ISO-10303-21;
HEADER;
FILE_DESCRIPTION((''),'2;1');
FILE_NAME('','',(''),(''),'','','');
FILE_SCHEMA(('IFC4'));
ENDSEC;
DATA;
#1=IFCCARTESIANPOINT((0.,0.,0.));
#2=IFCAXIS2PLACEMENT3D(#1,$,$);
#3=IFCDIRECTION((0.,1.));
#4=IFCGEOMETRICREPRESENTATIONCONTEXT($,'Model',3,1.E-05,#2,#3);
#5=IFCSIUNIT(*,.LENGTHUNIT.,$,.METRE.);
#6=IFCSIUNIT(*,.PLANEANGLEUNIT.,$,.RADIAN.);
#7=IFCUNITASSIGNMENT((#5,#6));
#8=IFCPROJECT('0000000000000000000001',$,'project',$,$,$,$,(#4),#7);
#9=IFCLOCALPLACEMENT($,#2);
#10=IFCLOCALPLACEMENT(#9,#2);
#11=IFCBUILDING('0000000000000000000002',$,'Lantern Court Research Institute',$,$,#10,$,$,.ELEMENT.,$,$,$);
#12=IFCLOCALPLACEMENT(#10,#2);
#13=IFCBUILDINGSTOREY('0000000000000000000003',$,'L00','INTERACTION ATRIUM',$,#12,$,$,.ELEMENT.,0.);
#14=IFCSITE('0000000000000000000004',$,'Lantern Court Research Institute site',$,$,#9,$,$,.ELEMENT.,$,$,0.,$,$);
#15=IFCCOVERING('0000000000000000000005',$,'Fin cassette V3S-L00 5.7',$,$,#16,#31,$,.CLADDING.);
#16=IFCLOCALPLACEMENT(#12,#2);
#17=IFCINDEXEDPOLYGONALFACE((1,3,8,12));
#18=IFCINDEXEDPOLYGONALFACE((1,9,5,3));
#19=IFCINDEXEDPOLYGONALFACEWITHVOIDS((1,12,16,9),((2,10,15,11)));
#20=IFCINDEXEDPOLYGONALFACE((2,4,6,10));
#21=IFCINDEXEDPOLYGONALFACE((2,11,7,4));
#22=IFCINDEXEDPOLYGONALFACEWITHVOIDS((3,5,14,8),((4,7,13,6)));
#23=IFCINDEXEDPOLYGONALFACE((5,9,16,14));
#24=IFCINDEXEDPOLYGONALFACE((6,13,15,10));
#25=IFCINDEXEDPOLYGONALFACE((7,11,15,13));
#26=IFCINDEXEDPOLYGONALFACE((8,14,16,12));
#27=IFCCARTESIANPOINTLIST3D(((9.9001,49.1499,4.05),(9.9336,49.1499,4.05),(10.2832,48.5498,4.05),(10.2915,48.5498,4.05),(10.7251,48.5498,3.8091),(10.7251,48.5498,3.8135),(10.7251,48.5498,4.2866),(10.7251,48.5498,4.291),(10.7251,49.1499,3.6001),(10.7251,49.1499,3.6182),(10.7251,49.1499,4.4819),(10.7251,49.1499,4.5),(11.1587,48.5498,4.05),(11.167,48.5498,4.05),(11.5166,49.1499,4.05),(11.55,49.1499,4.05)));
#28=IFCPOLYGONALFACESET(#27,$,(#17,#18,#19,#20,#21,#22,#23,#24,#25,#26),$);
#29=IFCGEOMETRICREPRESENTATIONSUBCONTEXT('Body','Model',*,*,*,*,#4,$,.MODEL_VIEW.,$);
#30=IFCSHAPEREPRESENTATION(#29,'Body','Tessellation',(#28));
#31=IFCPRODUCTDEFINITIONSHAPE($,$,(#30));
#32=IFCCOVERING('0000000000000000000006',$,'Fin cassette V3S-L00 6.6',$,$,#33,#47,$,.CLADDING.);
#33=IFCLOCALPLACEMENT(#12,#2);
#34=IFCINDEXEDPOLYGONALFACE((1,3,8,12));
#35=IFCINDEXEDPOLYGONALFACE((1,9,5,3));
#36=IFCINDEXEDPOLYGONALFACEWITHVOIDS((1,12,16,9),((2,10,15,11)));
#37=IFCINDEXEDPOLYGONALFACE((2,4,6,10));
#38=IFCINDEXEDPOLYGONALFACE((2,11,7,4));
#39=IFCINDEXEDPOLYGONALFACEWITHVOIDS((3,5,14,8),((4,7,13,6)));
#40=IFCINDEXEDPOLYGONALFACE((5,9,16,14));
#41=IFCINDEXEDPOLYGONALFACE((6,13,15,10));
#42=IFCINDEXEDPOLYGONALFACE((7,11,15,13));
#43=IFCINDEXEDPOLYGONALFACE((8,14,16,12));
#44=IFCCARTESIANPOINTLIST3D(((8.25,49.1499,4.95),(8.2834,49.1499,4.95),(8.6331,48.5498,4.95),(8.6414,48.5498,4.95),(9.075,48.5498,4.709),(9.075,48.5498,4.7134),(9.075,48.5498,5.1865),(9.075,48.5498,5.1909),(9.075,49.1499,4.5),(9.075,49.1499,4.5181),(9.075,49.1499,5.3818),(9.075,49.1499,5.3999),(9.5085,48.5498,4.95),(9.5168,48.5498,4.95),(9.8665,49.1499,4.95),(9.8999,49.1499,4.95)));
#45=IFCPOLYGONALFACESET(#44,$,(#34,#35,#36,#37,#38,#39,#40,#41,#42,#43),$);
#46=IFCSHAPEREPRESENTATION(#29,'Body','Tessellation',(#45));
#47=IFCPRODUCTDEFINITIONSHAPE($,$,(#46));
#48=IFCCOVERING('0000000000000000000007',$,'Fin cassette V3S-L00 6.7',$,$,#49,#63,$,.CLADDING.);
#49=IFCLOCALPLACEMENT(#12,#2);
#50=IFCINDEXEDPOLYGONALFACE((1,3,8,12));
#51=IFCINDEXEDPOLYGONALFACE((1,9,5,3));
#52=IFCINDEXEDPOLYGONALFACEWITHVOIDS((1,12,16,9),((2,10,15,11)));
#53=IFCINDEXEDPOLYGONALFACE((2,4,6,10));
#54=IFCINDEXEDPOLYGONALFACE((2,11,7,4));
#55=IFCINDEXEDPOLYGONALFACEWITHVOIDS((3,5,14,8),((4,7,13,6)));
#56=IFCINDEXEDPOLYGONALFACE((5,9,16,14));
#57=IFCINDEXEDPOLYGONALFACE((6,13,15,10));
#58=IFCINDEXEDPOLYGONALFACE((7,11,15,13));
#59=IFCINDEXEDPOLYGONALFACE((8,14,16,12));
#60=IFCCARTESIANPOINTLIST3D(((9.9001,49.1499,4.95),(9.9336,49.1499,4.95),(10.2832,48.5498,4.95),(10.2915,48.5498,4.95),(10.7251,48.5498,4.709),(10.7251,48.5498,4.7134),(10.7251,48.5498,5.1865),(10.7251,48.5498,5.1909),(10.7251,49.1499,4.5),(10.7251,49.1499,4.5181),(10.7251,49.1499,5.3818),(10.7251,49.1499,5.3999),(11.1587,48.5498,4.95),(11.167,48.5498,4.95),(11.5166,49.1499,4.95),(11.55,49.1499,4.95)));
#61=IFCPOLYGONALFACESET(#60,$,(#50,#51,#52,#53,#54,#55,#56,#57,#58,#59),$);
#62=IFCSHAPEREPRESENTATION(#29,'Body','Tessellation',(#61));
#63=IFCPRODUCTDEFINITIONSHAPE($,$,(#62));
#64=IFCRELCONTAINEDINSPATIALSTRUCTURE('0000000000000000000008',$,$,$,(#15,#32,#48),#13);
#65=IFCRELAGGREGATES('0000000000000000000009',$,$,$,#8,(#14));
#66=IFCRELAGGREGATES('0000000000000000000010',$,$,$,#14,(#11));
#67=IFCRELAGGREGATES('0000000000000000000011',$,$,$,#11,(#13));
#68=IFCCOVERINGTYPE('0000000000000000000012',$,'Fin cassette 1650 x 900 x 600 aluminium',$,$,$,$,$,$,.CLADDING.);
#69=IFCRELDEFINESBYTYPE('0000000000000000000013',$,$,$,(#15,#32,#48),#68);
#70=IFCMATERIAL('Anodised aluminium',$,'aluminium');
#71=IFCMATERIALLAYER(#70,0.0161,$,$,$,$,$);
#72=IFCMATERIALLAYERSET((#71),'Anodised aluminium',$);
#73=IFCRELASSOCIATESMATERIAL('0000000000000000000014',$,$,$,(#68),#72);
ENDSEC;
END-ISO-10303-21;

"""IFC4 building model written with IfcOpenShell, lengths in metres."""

from ifc_helpers import new_model, entity, si_unit, direction, frame, origin, place, context, subcontext, project, spatial, material, layer, layer_set, type_object, element, save


model = new_model("IFC4")

# Units and contexts
model_context = context("Model", 3, precision=1e-05, world=origin(), true_north=direction((0.0, 1.0)))
body_context = subcontext(model_context, "Body", "Model", "MODEL_VIEW")
ifc_project = project(units=[si_unit("LENGTHUNIT", "METRE"), si_unit("PLANEANGLEUNIT", "RADIAN")], contexts=[model_context])

# Site, building, storey
site_placement = place(None, origin())
site = spatial("IfcSite", under=ifc_project, at=site_placement, Name="Lantern Court Research Institute site", CompositionType="ELEMENT", RefElevation=0.0)
building_placement = place(site_placement, origin())
building = spatial("IfcBuilding", under=site, at=building_placement, Name="Lantern Court Research Institute", CompositionType="ELEMENT")
storey_placement = place(building_placement, origin())
storey = spatial("IfcBuildingStorey", under=building, at=storey_placement, Name="L00", Description="INTERACTION ATRIUM", CompositionType="ELEMENT", Elevation=0.0)

# Coverings
ifc_material_1 = material(Name="Anodised aluminium", Category="aluminium")
ifc_layer_1 = layer(ifc_material_1, 0.0161)
ifc_layer_set_1 = layer_set([ifc_layer_1], Name="Anodised aluminium")
covering_type_1 = type_object("IfcCoveringType", Name="Fin cassette 1650 x 900 x 600 aluminium", PredefinedType="CLADDING", material=ifc_layer_set_1)
covering_1_placement = place(storey_placement, frame((10.7251, 49.1499, 4.05), z_axis=(0.0, -1.0, 0.0), x_axis=(1.0, 0.0, 0.0)))
cartesian_point_1 = entity("IfcCartesianPoint", [0.825, 0.0])
cartesian_point_2 = entity("IfcCartesianPoint", [0.7915, 0.0])
cartesian_point_3 = entity("IfcCartesianPoint", [0.4419, 0.0])
cartesian_point_4 = entity("IfcCartesianPoint", [0.4336, 0.0])
element("IfcCovering", 1, at=covering_1_placement, inside=storey, type_object=covering_type_1, Name="Fin cassette V3S-L00 5.7", PredefinedType="CLADDING", context=body_context, shape_type="SweptSolid", body=[
    entity("IfcExtrudedAreaSolidTapered", entity("IfcArbitraryProfileDefWithVoids", "AREA", None, entity("IfcPolyline", [cartesian_point_1, entity("IfcCartesianPoint", [0.0, 0.45]), entity("IfcCartesianPoint", [-0.825, 0.0]), entity("IfcCartesianPoint", [0.0, -0.45]), cartesian_point_1]), [entity("IfcPolyline", [cartesian_point_2, entity("IfcCartesianPoint", [0.0, 0.4319]), entity("IfcCartesianPoint", [-0.7915, 0.0]), entity("IfcCartesianPoint", [0.0, -0.4319]), cartesian_point_2])]), entity("IfcAxis2Placement3D", entity("IfcCartesianPoint", [0.0, 0.0, 0.0])), entity("IfcDirection", [0.0, 0.0, 1.0]), 0.6001, entity("IfcArbitraryProfileDefWithVoids", "AREA", None, entity("IfcPolyline", [cartesian_point_3, entity("IfcCartesianPoint", [0.0, 0.241]), entity("IfcCartesianPoint", [-0.4419, 0.0]), entity("IfcCartesianPoint", [0.0, -0.241]), cartesian_point_3]), [entity("IfcPolyline", [cartesian_point_4, entity("IfcCartesianPoint", [0.0, 0.2366]), entity("IfcCartesianPoint", [-0.4336, 0.0]), entity("IfcCartesianPoint", [0.0, -0.2366]), cartesian_point_4])])),
])
covering_2_placement = place(storey_placement, frame((9.075, 49.1499, 4.95), z_axis=(0.0, -1.0, 0.0), x_axis=(1.0, 0.0, 0.0)))
cartesian_point_5 = entity("IfcCartesianPoint", [0.825, 0.0])
cartesian_point_6 = entity("IfcCartesianPoint", [0.7915, 0.0])
cartesian_point_7 = entity("IfcCartesianPoint", [0.4419, 0.0])
cartesian_point_8 = entity("IfcCartesianPoint", [0.4336, 0.0])
element("IfcCovering", 2, at=covering_2_placement, inside=storey, type_object=covering_type_1, Name="Fin cassette V3S-L00 6.6", PredefinedType="CLADDING", context=body_context, shape_type="SweptSolid", body=[
    entity("IfcExtrudedAreaSolidTapered", entity("IfcArbitraryProfileDefWithVoids", "AREA", None, entity("IfcPolyline", [cartesian_point_5, entity("IfcCartesianPoint", [0.0, 0.45]), entity("IfcCartesianPoint", [-0.825, 0.0]), entity("IfcCartesianPoint", [0.0, -0.45]), cartesian_point_5]), [entity("IfcPolyline", [cartesian_point_6, entity("IfcCartesianPoint", [0.0, 0.4319]), entity("IfcCartesianPoint", [-0.7915, 0.0]), entity("IfcCartesianPoint", [0.0, -0.4319]), cartesian_point_6])]), entity("IfcAxis2Placement3D", entity("IfcCartesianPoint", [0.0, 0.0, 0.0])), entity("IfcDirection", [0.0, 0.0, 1.0]), 0.6001, entity("IfcArbitraryProfileDefWithVoids", "AREA", None, entity("IfcPolyline", [cartesian_point_7, entity("IfcCartesianPoint", [0.0, 0.241]), entity("IfcCartesianPoint", [-0.4419, 0.0]), entity("IfcCartesianPoint", [0.0, -0.241]), cartesian_point_7]), [entity("IfcPolyline", [cartesian_point_8, entity("IfcCartesianPoint", [0.0, 0.2366]), entity("IfcCartesianPoint", [-0.4336, 0.0]), entity("IfcCartesianPoint", [0.0, -0.2366]), cartesian_point_8])])),
])
covering_3_placement = place(storey_placement, frame((10.7251, 49.1499, 4.95), z_axis=(0.0, -1.0, 0.0), x_axis=(1.0, 0.0, 0.0)))
cartesian_point_9 = entity("IfcCartesianPoint", [0.825, 0.0])
cartesian_point_10 = entity("IfcCartesianPoint", [0.7915, 0.0])
cartesian_point_11 = entity("IfcCartesianPoint", [0.4419, 0.0])
cartesian_point_12 = entity("IfcCartesianPoint", [0.4336, 0.0])
element("IfcCovering", 3, at=covering_3_placement, inside=storey, type_object=covering_type_1, Name="Fin cassette V3S-L00 6.7", PredefinedType="CLADDING", context=body_context, shape_type="SweptSolid", body=[
    entity("IfcExtrudedAreaSolidTapered", entity("IfcArbitraryProfileDefWithVoids", "AREA", None, entity("IfcPolyline", [cartesian_point_9, entity("IfcCartesianPoint", [0.0, 0.45]), entity("IfcCartesianPoint", [-0.825, 0.0]), entity("IfcCartesianPoint", [0.0, -0.45]), cartesian_point_9]), [entity("IfcPolyline", [cartesian_point_10, entity("IfcCartesianPoint", [0.0, 0.4319]), entity("IfcCartesianPoint", [-0.7915, 0.0]), entity("IfcCartesianPoint", [0.0, -0.4319]), cartesian_point_10])]), entity("IfcAxis2Placement3D", entity("IfcCartesianPoint", [0.0, 0.0, 0.0])), entity("IfcDirection", [0.0, 0.0, 1.0]), 0.6001, entity("IfcArbitraryProfileDefWithVoids", "AREA", None, entity("IfcPolyline", [cartesian_point_11, entity("IfcCartesianPoint", [0.0, 0.241]), entity("IfcCartesianPoint", [-0.4419, 0.0]), entity("IfcCartesianPoint", [0.0, -0.241]), cartesian_point_11]), [entity("IfcPolyline", [cartesian_point_12, entity("IfcCartesianPoint", [0.0, 0.2366]), entity("IfcCartesianPoint", [-0.4336, 0.0]), entity("IfcCartesianPoint", [0.0, -0.2366]), cartesian_point_12])])),
])

save(model, "model.ifc")
